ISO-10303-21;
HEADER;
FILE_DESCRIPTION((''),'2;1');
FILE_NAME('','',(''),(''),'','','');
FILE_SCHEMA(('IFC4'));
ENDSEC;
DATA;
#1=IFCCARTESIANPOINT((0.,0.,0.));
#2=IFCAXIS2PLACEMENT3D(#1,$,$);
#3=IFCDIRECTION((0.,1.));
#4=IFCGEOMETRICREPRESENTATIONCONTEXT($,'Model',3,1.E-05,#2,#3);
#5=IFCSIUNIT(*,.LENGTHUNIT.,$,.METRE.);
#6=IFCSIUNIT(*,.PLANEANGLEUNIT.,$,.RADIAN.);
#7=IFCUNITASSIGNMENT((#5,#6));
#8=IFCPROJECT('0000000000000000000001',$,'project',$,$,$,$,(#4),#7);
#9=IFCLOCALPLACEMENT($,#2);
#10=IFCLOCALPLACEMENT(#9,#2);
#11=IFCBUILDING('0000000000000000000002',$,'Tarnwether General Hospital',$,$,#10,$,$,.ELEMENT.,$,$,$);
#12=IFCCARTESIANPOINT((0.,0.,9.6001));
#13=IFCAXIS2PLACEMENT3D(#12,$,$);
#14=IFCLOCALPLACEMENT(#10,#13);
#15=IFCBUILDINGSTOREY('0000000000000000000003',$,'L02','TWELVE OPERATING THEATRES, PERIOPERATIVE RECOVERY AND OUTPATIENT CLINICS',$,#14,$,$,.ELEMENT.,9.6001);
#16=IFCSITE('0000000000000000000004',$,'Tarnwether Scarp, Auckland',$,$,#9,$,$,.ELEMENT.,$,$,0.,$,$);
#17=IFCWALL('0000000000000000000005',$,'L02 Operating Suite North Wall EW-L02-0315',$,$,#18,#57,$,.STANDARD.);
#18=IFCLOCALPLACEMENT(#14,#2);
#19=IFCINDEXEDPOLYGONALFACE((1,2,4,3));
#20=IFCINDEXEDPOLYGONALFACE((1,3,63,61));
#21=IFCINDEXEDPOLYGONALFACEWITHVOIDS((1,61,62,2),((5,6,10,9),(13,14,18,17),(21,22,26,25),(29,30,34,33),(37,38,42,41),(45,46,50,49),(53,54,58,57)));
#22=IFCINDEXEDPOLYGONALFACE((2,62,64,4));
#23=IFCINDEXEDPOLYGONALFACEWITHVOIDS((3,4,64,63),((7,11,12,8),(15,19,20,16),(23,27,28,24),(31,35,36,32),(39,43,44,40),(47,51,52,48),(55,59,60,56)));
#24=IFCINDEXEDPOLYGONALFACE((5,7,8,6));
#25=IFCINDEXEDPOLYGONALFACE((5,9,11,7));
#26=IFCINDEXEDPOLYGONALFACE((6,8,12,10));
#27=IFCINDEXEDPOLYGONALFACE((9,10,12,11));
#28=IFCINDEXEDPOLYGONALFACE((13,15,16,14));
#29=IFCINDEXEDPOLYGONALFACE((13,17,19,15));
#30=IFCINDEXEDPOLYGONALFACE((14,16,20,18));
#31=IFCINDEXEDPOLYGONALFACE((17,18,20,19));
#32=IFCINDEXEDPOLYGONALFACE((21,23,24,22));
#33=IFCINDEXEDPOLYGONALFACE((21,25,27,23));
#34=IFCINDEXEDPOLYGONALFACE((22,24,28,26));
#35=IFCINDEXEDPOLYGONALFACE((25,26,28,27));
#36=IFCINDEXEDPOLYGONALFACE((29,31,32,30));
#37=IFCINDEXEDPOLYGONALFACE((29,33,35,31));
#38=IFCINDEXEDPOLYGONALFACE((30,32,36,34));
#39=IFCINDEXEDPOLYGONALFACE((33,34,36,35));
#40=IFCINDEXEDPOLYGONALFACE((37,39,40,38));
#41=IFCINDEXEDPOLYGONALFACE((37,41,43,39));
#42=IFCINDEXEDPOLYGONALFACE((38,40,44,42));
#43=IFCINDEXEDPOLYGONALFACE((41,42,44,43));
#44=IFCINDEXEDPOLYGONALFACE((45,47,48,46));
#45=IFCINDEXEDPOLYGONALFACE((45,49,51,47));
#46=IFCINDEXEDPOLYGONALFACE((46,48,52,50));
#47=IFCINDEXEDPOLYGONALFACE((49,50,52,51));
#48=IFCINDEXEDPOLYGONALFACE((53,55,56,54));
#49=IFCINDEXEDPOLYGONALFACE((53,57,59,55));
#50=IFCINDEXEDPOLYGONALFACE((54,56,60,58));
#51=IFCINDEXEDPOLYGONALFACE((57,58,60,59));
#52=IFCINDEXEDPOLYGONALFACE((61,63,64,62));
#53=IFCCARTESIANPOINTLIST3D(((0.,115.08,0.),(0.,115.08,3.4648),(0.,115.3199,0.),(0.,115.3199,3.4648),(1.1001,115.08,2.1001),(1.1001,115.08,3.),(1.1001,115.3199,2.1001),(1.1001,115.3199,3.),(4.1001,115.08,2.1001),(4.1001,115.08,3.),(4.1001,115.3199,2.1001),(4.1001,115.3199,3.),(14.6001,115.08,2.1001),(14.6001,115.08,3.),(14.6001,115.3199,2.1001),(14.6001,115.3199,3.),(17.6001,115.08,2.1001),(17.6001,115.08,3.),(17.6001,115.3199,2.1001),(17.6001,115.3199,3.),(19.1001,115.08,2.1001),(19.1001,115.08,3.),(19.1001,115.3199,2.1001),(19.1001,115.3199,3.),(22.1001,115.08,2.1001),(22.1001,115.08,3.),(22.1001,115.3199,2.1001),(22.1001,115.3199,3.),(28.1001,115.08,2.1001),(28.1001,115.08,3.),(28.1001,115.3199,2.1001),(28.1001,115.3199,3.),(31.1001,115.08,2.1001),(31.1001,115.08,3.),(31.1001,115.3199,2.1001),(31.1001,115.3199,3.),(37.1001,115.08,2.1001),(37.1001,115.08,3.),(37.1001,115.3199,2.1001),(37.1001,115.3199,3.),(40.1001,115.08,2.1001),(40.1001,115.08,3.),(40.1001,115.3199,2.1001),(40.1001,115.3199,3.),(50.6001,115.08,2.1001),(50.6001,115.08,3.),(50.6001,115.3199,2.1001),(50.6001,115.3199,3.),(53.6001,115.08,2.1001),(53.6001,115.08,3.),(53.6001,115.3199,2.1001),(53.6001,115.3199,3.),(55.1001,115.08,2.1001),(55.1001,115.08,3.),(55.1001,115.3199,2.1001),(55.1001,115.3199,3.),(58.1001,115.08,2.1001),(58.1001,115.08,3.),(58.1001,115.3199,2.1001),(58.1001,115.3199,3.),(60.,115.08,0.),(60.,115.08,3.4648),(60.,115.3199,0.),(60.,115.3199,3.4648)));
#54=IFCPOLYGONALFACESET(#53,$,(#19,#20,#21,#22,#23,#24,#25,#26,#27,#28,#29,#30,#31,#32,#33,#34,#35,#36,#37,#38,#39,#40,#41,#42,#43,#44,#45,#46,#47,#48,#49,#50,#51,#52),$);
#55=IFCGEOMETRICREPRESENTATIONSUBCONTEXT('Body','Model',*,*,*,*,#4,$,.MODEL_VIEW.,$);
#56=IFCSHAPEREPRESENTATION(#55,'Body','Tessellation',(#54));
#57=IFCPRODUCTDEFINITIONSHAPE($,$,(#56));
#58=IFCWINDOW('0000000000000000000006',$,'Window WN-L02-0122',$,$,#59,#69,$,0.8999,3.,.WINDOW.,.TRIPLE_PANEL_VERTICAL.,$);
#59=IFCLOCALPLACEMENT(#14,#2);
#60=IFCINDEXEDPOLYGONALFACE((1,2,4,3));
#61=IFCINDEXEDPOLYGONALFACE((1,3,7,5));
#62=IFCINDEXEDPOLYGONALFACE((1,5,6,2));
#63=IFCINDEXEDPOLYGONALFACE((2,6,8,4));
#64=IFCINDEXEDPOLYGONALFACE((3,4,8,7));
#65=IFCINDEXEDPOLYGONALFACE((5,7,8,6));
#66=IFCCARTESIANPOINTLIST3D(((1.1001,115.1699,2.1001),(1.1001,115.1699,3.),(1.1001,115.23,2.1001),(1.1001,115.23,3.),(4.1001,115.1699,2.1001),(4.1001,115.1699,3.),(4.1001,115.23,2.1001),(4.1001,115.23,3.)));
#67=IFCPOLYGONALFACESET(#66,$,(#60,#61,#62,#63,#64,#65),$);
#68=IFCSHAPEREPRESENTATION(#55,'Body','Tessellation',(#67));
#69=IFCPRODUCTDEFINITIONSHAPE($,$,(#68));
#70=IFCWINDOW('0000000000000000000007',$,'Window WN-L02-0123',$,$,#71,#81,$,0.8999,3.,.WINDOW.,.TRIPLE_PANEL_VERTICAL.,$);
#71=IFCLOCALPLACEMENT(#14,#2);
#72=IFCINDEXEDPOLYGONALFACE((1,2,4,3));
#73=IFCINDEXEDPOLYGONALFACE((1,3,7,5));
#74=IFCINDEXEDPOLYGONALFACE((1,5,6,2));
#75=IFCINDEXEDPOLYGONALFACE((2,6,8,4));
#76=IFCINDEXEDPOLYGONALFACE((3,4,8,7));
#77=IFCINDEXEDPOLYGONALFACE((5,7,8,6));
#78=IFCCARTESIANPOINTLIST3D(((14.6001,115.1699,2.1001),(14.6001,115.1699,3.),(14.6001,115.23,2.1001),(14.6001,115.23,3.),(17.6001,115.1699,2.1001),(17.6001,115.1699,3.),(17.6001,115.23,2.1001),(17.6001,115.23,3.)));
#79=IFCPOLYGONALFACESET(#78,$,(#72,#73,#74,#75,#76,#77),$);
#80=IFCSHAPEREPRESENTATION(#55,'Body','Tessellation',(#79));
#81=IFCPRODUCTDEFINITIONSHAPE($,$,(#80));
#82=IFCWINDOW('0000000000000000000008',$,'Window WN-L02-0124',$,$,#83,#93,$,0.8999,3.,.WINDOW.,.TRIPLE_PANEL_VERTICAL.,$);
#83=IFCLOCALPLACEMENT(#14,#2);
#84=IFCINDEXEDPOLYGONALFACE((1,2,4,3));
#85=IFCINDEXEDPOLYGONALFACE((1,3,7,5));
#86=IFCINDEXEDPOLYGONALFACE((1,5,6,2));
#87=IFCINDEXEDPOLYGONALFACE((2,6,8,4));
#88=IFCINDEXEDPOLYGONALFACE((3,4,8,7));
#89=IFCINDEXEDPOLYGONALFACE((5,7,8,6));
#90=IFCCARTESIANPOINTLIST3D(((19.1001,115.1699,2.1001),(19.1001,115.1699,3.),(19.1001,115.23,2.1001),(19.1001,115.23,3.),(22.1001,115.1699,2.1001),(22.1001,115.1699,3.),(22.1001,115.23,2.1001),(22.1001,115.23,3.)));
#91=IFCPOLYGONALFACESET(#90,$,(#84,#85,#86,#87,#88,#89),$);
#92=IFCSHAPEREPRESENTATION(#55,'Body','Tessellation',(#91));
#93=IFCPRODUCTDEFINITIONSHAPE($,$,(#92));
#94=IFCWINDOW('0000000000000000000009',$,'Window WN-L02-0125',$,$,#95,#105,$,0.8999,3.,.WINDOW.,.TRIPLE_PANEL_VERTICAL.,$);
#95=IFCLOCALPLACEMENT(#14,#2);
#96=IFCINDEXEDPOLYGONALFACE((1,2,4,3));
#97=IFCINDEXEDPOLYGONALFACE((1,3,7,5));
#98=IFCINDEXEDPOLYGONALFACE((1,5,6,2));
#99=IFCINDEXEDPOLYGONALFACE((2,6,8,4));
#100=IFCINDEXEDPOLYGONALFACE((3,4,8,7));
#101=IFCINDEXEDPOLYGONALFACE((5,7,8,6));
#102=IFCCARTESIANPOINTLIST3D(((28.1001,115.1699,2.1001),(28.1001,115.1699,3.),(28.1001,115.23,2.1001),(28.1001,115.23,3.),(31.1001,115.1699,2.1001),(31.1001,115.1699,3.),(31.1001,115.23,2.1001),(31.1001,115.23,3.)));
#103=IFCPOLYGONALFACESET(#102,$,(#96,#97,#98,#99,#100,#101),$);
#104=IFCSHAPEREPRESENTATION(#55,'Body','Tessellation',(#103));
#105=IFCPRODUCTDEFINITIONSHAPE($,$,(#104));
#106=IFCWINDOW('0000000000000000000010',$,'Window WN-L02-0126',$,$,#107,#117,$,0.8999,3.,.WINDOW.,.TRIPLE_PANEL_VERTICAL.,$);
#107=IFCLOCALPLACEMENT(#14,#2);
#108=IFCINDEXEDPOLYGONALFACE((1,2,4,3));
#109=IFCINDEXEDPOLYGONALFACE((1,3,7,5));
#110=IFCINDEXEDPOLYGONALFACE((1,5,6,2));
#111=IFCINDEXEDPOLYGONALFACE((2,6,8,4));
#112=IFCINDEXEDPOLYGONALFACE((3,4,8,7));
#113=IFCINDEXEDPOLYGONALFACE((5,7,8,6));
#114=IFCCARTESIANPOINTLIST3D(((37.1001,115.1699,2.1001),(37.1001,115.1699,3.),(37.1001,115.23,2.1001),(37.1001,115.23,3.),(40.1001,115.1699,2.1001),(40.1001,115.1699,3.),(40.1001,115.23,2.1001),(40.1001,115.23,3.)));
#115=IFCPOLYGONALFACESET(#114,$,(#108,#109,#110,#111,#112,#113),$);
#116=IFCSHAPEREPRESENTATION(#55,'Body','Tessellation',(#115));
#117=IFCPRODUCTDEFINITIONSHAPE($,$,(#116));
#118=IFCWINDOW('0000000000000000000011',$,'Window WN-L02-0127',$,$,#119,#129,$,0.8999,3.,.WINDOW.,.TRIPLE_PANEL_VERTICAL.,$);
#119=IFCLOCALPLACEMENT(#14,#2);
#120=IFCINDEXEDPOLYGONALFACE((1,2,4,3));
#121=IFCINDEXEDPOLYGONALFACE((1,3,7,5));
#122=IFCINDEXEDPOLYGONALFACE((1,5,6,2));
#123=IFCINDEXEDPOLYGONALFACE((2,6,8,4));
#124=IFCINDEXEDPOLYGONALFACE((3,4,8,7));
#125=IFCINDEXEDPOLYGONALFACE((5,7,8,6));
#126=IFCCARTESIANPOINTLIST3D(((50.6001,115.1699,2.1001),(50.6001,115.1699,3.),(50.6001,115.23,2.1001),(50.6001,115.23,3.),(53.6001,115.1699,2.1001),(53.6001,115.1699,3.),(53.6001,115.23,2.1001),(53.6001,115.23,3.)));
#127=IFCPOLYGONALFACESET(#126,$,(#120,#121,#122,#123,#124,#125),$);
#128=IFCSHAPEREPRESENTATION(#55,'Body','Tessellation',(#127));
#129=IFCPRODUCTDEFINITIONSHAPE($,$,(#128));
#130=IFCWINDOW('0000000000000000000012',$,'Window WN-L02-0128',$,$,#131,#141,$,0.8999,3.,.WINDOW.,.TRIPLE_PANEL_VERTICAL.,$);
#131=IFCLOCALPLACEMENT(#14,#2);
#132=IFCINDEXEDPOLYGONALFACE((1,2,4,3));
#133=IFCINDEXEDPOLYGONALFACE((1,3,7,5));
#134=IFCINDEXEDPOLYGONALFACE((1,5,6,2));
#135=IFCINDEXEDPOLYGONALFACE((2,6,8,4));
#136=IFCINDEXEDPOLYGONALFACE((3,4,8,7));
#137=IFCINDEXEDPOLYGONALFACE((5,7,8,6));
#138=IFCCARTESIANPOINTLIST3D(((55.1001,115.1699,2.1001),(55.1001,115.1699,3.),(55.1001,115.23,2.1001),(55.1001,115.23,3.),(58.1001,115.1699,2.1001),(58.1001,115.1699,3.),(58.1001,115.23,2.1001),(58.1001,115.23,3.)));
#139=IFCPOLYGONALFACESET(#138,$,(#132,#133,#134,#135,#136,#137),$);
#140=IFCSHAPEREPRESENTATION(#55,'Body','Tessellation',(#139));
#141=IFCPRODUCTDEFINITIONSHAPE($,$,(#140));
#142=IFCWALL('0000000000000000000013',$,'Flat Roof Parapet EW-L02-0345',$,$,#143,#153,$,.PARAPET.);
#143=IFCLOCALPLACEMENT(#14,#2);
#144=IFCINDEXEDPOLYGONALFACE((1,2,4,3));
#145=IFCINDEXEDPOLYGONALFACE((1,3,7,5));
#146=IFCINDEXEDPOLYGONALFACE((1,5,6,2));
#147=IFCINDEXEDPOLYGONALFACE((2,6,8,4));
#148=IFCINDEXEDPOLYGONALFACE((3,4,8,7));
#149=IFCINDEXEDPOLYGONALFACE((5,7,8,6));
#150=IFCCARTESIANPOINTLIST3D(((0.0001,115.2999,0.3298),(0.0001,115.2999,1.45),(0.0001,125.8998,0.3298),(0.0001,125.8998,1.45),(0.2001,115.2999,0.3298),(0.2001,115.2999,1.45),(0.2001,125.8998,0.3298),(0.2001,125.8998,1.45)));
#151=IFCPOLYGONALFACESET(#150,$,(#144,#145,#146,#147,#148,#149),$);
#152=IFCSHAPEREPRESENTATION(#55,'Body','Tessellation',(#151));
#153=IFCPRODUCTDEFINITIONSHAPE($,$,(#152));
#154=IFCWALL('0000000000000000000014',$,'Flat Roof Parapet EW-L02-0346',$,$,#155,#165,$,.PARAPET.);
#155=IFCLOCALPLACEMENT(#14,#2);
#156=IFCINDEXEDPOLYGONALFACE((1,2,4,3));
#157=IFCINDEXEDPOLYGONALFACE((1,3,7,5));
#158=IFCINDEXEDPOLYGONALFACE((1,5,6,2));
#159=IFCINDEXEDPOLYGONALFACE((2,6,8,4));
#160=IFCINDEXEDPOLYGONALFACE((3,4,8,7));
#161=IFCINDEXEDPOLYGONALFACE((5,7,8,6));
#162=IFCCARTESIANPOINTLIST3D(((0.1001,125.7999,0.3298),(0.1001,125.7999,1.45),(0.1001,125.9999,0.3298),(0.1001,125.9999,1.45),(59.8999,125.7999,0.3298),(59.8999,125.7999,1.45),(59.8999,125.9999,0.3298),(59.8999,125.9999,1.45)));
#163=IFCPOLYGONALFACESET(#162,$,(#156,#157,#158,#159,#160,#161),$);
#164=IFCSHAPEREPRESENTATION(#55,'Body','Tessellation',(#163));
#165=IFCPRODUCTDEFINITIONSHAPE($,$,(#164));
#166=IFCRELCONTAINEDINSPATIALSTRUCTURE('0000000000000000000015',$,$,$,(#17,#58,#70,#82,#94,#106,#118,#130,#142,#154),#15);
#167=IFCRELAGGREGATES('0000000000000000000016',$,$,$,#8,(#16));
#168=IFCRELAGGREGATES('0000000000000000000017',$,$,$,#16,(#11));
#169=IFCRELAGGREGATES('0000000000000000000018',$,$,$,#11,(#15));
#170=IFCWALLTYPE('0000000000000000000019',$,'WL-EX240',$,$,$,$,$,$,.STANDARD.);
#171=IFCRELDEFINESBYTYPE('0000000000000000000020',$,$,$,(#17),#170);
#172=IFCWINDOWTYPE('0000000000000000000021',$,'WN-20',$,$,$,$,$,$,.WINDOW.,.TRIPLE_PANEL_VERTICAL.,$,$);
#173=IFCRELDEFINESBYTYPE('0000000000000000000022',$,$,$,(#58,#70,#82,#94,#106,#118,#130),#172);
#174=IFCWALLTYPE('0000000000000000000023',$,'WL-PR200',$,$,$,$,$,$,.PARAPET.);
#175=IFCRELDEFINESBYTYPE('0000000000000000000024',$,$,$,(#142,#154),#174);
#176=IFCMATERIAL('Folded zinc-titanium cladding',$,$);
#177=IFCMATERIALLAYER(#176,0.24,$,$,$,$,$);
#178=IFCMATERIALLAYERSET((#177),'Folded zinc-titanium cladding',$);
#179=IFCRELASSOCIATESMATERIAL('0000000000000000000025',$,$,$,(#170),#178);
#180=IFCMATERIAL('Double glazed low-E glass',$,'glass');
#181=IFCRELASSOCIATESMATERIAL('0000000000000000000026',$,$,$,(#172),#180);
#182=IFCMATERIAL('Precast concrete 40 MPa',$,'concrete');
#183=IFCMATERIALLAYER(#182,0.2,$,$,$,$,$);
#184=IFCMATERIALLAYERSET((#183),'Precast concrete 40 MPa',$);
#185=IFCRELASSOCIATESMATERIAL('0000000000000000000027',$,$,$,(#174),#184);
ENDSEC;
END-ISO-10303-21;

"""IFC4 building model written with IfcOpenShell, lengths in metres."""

from ifc_helpers import new_model, si_unit, direction, frame, frame_2d, origin, place, context, subcontext, project, spatial, rectangle, extrude, material, layer, layer_set, type_object, element, fill, save


model = new_model("IFC4")

# Units and contexts
model_context = context("Model", 3, precision=1e-05, world=origin(), true_north=direction((0.0, 1.0)))
body_context = subcontext(model_context, "Body", "Model", "MODEL_VIEW")
ifc_project = project(units=[si_unit("LENGTHUNIT", "METRE"), si_unit("PLANEANGLEUNIT", "RADIAN")], contexts=[model_context])

# Site, building, storey
site_placement = place(None, origin())
site = spatial("IfcSite", under=ifc_project, at=site_placement, Name="Tarnwether Scarp, Auckland", CompositionType="ELEMENT", RefElevation=0.0)
building_placement = place(site_placement, origin())
building = spatial("IfcBuilding", under=site, at=building_placement, Name="Tarnwether General Hospital", CompositionType="ELEMENT")
storey_placement = place(building_placement, frame((0.0, 0.0, 9.6001)))
storey = spatial("IfcBuildingStorey", under=building, at=storey_placement, Name="L02", Description="TWELVE OPERATING THEATRES, PERIOPERATIVE RECOVERY AND OUTPATIENT CLINICS", CompositionType="ELEMENT", Elevation=9.6001)

# Wall, openings, windows
ifc_material_1 = material(Name="Folded zinc-titanium cladding")
ifc_layer_1 = layer(ifc_material_1, 0.24)
ifc_layer_set_1 = layer_set([ifc_layer_1], Name="Folded zinc-titanium cladding")
wall_type_1 = type_object("IfcWallType", Name="WL-EX240", PredefinedType="STANDARD", material=ifc_layer_set_1)
wall_1_placement = place(storey_placement, frame((0.0, 115.2, 0.0), z_axis=(0.0, 0.0, 1.0), x_axis=(1.0, 0.0, 0.0)))
wall_1 = element("IfcWall", 1, at=wall_1_placement, inside=storey, type_object=wall_type_1, Name="L02 Operating Suite North Wall EW-L02-0315", PredefinedType="STANDARD", context=body_context, shape_type="SweptSolid", body=[
    extrude(rectangle(XDim=60.0, YDim=0.24, at=frame_2d((30.0, 0.0))), origin(), (0.0, 0.0, 1.0), 3.4648),
])
opening_1_placement = place(wall_1_placement, frame((1.1001, 0.0, 2.1001)))
opening_1 = element("IfcOpeningElement", 2, at=opening_1_placement, cuts=wall_1, PredefinedType="OPENING", context=body_context, shape_type="SweptSolid", body=[
    extrude(rectangle(XDim=3.0, YDim=0.8999, at=frame_2d((1.5, 0.45))), frame((0.0, 0.1299, 0.0), z_axis=(0.0, -1.0, 0.0), x_axis=(1.0, 0.0, 0.0)), (0.0, 0.0, 1.0), 0.26),
])
opening_2_placement = place(wall_1_placement, frame((14.6001, 0.0, 2.1001)))
opening_2 = element("IfcOpeningElement", 3, at=opening_2_placement, cuts=wall_1, PredefinedType="OPENING", context=body_context, shape_type="SweptSolid", body=[
    extrude(rectangle(XDim=3.0, YDim=0.8999, at=frame_2d((1.5, 0.45))), frame((0.0, 0.1299, 0.0), z_axis=(0.0, -1.0, 0.0), x_axis=(1.0, 0.0, 0.0)), (0.0, 0.0, 1.0), 0.26),
])
opening_3_placement = place(wall_1_placement, frame((19.1001, 0.0, 2.1001)))
opening_3 = element("IfcOpeningElement", 4, at=opening_3_placement, cuts=wall_1, PredefinedType="OPENING", context=body_context, shape_type="SweptSolid", body=[
    extrude(rectangle(XDim=3.0, YDim=0.8999, at=frame_2d((1.5, 0.45))), frame((0.0, 0.1299, 0.0), z_axis=(0.0, -1.0, 0.0), x_axis=(1.0, 0.0, 0.0)), (0.0, 0.0, 1.0), 0.26),
])
opening_4_placement = place(wall_1_placement, frame((28.1001, 0.0, 2.1001)))
opening_4 = element("IfcOpeningElement", 5, at=opening_4_placement, cuts=wall_1, PredefinedType="OPENING", context=body_context, shape_type="SweptSolid", body=[
    extrude(rectangle(XDim=3.0, YDim=0.8999, at=frame_2d((1.5, 0.45))), frame((0.0, 0.1299, 0.0), z_axis=(0.0, -1.0, 0.0), x_axis=(1.0, 0.0, 0.0)), (0.0, 0.0, 1.0), 0.26),
])
opening_5_placement = place(wall_1_placement, frame((37.1001, 0.0, 2.1001)))
opening_5 = element("IfcOpeningElement", 6, at=opening_5_placement, cuts=wall_1, PredefinedType="OPENING", context=body_context, shape_type="SweptSolid", body=[
    extrude(rectangle(XDim=3.0, YDim=0.8999, at=frame_2d((1.5, 0.45))), frame((0.0, 0.1299, 0.0), z_axis=(0.0, -1.0, 0.0), x_axis=(1.0, 0.0, 0.0)), (0.0, 0.0, 1.0), 0.26),
])
opening_6_placement = place(wall_1_placement, frame((50.6001, 0.0, 2.1001)))
opening_6 = element("IfcOpeningElement", 7, at=opening_6_placement, cuts=wall_1, PredefinedType="OPENING", context=body_context, shape_type="SweptSolid", body=[
    extrude(rectangle(XDim=3.0, YDim=0.8999, at=frame_2d((1.5, 0.45))), frame((0.0, 0.1299, 0.0), z_axis=(0.0, -1.0, 0.0), x_axis=(1.0, 0.0, 0.0)), (0.0, 0.0, 1.0), 0.26),
])
opening_7_placement = place(wall_1_placement, frame((55.1001, 0.0, 2.1001)))
opening_7 = element("IfcOpeningElement", 8, at=opening_7_placement, cuts=wall_1, PredefinedType="OPENING", context=body_context, shape_type="SweptSolid", body=[
    extrude(rectangle(XDim=3.0, YDim=0.8999, at=frame_2d((1.5, 0.45))), frame((0.0, 0.1299, 0.0), z_axis=(0.0, -1.0, 0.0), x_axis=(1.0, 0.0, 0.0)), (0.0, 0.0, 1.0), 0.26),
])
ifc_material_2 = material(Name="Double glazed low-E glass", Category="glass")
window_type = type_object("IfcWindowType", Name="WN-20", PartitioningType="TRIPLE_PANEL_VERTICAL", PredefinedType="WINDOW", material=ifc_material_2)
window_1_placement = place(opening_1_placement, origin())
window_1 = element("IfcWindow", 9, at=window_1_placement, inside=storey, type_object=window_type, Name="Window WN-L02-0122", OverallHeight=0.8999, OverallWidth=3.0, PartitioningType="TRIPLE_PANEL_VERTICAL", PredefinedType="WINDOW", context=body_context, shape_type="SweptSolid", body=[
    extrude(rectangle(XDim=3.0, YDim=0.8999, at=frame_2d((1.5, 0.45))), frame((0.0, 0.03, 0.0), z_axis=(0.0, -1.0, 0.0), x_axis=(1.0, 0.0, 0.0)), (0.0, 0.0, 1.0), 0.0601),
])
fill(opening_1, window_1)
window_2_placement = place(opening_2_placement, origin())
window_2 = element("IfcWindow", 10, at=window_2_placement, inside=storey, type_object=window_type, Name="Window WN-L02-0123", OverallHeight=0.8999, OverallWidth=3.0, PartitioningType="TRIPLE_PANEL_VERTICAL", PredefinedType="WINDOW", context=body_context, shape_type="SweptSolid", body=[
    extrude(rectangle(XDim=3.0, YDim=0.8999, at=frame_2d((1.5, 0.45))), frame((0.0, 0.03, 0.0), z_axis=(0.0, -1.0, 0.0), x_axis=(1.0, 0.0, 0.0)), (0.0, 0.0, 1.0), 0.0601),
])
fill(opening_2, window_2)
window_3_placement = place(opening_3_placement, origin())
window_3 = element("IfcWindow", 11, at=window_3_placement, inside=storey, type_object=window_type, Name="Window WN-L02-0124", OverallHeight=0.8999, OverallWidth=3.0, PartitioningType="TRIPLE_PANEL_VERTICAL", PredefinedType="WINDOW", context=body_context, shape_type="SweptSolid", body=[
    extrude(rectangle(XDim=3.0, YDim=0.8999, at=frame_2d((1.5, 0.45))), frame((0.0, 0.03, 0.0), z_axis=(0.0, -1.0, 0.0), x_axis=(1.0, 0.0, 0.0)), (0.0, 0.0, 1.0), 0.0601),
])
fill(opening_3, window_3)
window_4_placement = place(opening_4_placement, origin())
window_4 = element("IfcWindow", 12, at=window_4_placement, inside=storey, type_object=window_type, Name="Window WN-L02-0125", OverallHeight=0.8999, OverallWidth=3.0, PartitioningType="TRIPLE_PANEL_VERTICAL", PredefinedType="WINDOW", context=body_context, shape_type="SweptSolid", body=[
    extrude(rectangle(XDim=3.0, YDim=0.8999, at=frame_2d((1.5, 0.45))), frame((0.0, 0.03, 0.0), z_axis=(0.0, -1.0, 0.0), x_axis=(1.0, 0.0, 0.0)), (0.0, 0.0, 1.0), 0.0601),
])
fill(opening_4, window_4)
window_5_placement = place(opening_5_placement, origin())
window_5 = element("IfcWindow", 13, at=window_5_placement, inside=storey, type_object=window_type, Name="Window WN-L02-0126", OverallHeight=0.8999, OverallWidth=3.0, PartitioningType="TRIPLE_PANEL_VERTICAL", PredefinedType="WINDOW", context=body_context, shape_type="SweptSolid", body=[
    extrude(rectangle(XDim=3.0, YDim=0.8999, at=frame_2d((1.5, 0.45))), frame((0.0, 0.03, 0.0), z_axis=(0.0, -1.0, 0.0), x_axis=(1.0, 0.0, 0.0)), (0.0, 0.0, 1.0), 0.0601),
])
fill(opening_5, window_5)
window_6_placement = place(opening_6_placement, origin())
window_6 = element("IfcWindow", 14, at=window_6_placement, inside=storey, type_object=window_type, Name="Window WN-L02-0127", OverallHeight=0.8999, OverallWidth=3.0, PartitioningType="TRIPLE_PANEL_VERTICAL", PredefinedType="WINDOW", context=body_context, shape_type="SweptSolid", body=[
    extrude(rectangle(XDim=3.0, YDim=0.8999, at=frame_2d((1.5, 0.45))), frame((0.0, 0.03, 0.0), z_axis=(0.0, -1.0, 0.0), x_axis=(1.0, 0.0, 0.0)), (0.0, 0.0, 1.0), 0.0601),
])
fill(opening_6, window_6)
window_7_placement = place(opening_7_placement, origin())
window_7 = element("IfcWindow", 15, at=window_7_placement, inside=storey, type_object=window_type, Name="Window WN-L02-0128", OverallHeight=0.8999, OverallWidth=3.0, PartitioningType="TRIPLE_PANEL_VERTICAL", PredefinedType="WINDOW", context=body_context, shape_type="SweptSolid", body=[
    extrude(rectangle(XDim=3.0, YDim=0.8999, at=frame_2d((1.5, 0.45))), frame((0.0, 0.03, 0.0), z_axis=(0.0, -1.0, 0.0), x_axis=(1.0, 0.0, 0.0)), (0.0, 0.0, 1.0), 0.0601),
])
fill(opening_7, window_7)

# Walls
ifc_material_3 = material(Name="Precast concrete 40 MPa", Category="concrete")
ifc_layer_2 = layer(ifc_material_3, 0.2)
ifc_layer_set_2 = layer_set([ifc_layer_2], Name="Precast concrete 40 MPa")
wall_type_2 = type_object("IfcWallType", Name="WL-PR200", PredefinedType="PARAPET", material=ifc_layer_set_2)
wall_2_placement = place(storey_placement, frame((0.1001, 115.3, 0.3298), z_axis=(0.0, 0.0, 1.0), x_axis=(0.0, 1.0, 0.0)))
element("IfcWall", 16, at=wall_2_placement, inside=storey, type_object=wall_type_2, Name="Flat Roof Parapet EW-L02-0345", PredefinedType="PARAPET", context=body_context, shape_type="SweptSolid", body=[
    extrude(rectangle(XDim=10.5999, YDim=0.2, at=frame_2d((5.2998, 0.0))), origin(), (0.0, 0.0, 1.0), 1.1201),
])
wall_3_placement = place(storey_placement, frame((0.1001, 125.8999, 0.3298), z_axis=(0.0, 0.0, 1.0), x_axis=(1.0, 0.0, 0.0)))
element("IfcWall", 17, at=wall_3_placement, inside=storey, type_object=wall_type_2, Name="Flat Roof Parapet EW-L02-0346", PredefinedType="PARAPET", context=body_context, shape_type="SweptSolid", body=[
    extrude(rectangle(XDim=59.7998, YDim=0.2, at=frame_2d((29.8999, 0.0))), origin(), (0.0, 0.0, 1.0), 1.1201),
])

save(model, "model.ifc")
